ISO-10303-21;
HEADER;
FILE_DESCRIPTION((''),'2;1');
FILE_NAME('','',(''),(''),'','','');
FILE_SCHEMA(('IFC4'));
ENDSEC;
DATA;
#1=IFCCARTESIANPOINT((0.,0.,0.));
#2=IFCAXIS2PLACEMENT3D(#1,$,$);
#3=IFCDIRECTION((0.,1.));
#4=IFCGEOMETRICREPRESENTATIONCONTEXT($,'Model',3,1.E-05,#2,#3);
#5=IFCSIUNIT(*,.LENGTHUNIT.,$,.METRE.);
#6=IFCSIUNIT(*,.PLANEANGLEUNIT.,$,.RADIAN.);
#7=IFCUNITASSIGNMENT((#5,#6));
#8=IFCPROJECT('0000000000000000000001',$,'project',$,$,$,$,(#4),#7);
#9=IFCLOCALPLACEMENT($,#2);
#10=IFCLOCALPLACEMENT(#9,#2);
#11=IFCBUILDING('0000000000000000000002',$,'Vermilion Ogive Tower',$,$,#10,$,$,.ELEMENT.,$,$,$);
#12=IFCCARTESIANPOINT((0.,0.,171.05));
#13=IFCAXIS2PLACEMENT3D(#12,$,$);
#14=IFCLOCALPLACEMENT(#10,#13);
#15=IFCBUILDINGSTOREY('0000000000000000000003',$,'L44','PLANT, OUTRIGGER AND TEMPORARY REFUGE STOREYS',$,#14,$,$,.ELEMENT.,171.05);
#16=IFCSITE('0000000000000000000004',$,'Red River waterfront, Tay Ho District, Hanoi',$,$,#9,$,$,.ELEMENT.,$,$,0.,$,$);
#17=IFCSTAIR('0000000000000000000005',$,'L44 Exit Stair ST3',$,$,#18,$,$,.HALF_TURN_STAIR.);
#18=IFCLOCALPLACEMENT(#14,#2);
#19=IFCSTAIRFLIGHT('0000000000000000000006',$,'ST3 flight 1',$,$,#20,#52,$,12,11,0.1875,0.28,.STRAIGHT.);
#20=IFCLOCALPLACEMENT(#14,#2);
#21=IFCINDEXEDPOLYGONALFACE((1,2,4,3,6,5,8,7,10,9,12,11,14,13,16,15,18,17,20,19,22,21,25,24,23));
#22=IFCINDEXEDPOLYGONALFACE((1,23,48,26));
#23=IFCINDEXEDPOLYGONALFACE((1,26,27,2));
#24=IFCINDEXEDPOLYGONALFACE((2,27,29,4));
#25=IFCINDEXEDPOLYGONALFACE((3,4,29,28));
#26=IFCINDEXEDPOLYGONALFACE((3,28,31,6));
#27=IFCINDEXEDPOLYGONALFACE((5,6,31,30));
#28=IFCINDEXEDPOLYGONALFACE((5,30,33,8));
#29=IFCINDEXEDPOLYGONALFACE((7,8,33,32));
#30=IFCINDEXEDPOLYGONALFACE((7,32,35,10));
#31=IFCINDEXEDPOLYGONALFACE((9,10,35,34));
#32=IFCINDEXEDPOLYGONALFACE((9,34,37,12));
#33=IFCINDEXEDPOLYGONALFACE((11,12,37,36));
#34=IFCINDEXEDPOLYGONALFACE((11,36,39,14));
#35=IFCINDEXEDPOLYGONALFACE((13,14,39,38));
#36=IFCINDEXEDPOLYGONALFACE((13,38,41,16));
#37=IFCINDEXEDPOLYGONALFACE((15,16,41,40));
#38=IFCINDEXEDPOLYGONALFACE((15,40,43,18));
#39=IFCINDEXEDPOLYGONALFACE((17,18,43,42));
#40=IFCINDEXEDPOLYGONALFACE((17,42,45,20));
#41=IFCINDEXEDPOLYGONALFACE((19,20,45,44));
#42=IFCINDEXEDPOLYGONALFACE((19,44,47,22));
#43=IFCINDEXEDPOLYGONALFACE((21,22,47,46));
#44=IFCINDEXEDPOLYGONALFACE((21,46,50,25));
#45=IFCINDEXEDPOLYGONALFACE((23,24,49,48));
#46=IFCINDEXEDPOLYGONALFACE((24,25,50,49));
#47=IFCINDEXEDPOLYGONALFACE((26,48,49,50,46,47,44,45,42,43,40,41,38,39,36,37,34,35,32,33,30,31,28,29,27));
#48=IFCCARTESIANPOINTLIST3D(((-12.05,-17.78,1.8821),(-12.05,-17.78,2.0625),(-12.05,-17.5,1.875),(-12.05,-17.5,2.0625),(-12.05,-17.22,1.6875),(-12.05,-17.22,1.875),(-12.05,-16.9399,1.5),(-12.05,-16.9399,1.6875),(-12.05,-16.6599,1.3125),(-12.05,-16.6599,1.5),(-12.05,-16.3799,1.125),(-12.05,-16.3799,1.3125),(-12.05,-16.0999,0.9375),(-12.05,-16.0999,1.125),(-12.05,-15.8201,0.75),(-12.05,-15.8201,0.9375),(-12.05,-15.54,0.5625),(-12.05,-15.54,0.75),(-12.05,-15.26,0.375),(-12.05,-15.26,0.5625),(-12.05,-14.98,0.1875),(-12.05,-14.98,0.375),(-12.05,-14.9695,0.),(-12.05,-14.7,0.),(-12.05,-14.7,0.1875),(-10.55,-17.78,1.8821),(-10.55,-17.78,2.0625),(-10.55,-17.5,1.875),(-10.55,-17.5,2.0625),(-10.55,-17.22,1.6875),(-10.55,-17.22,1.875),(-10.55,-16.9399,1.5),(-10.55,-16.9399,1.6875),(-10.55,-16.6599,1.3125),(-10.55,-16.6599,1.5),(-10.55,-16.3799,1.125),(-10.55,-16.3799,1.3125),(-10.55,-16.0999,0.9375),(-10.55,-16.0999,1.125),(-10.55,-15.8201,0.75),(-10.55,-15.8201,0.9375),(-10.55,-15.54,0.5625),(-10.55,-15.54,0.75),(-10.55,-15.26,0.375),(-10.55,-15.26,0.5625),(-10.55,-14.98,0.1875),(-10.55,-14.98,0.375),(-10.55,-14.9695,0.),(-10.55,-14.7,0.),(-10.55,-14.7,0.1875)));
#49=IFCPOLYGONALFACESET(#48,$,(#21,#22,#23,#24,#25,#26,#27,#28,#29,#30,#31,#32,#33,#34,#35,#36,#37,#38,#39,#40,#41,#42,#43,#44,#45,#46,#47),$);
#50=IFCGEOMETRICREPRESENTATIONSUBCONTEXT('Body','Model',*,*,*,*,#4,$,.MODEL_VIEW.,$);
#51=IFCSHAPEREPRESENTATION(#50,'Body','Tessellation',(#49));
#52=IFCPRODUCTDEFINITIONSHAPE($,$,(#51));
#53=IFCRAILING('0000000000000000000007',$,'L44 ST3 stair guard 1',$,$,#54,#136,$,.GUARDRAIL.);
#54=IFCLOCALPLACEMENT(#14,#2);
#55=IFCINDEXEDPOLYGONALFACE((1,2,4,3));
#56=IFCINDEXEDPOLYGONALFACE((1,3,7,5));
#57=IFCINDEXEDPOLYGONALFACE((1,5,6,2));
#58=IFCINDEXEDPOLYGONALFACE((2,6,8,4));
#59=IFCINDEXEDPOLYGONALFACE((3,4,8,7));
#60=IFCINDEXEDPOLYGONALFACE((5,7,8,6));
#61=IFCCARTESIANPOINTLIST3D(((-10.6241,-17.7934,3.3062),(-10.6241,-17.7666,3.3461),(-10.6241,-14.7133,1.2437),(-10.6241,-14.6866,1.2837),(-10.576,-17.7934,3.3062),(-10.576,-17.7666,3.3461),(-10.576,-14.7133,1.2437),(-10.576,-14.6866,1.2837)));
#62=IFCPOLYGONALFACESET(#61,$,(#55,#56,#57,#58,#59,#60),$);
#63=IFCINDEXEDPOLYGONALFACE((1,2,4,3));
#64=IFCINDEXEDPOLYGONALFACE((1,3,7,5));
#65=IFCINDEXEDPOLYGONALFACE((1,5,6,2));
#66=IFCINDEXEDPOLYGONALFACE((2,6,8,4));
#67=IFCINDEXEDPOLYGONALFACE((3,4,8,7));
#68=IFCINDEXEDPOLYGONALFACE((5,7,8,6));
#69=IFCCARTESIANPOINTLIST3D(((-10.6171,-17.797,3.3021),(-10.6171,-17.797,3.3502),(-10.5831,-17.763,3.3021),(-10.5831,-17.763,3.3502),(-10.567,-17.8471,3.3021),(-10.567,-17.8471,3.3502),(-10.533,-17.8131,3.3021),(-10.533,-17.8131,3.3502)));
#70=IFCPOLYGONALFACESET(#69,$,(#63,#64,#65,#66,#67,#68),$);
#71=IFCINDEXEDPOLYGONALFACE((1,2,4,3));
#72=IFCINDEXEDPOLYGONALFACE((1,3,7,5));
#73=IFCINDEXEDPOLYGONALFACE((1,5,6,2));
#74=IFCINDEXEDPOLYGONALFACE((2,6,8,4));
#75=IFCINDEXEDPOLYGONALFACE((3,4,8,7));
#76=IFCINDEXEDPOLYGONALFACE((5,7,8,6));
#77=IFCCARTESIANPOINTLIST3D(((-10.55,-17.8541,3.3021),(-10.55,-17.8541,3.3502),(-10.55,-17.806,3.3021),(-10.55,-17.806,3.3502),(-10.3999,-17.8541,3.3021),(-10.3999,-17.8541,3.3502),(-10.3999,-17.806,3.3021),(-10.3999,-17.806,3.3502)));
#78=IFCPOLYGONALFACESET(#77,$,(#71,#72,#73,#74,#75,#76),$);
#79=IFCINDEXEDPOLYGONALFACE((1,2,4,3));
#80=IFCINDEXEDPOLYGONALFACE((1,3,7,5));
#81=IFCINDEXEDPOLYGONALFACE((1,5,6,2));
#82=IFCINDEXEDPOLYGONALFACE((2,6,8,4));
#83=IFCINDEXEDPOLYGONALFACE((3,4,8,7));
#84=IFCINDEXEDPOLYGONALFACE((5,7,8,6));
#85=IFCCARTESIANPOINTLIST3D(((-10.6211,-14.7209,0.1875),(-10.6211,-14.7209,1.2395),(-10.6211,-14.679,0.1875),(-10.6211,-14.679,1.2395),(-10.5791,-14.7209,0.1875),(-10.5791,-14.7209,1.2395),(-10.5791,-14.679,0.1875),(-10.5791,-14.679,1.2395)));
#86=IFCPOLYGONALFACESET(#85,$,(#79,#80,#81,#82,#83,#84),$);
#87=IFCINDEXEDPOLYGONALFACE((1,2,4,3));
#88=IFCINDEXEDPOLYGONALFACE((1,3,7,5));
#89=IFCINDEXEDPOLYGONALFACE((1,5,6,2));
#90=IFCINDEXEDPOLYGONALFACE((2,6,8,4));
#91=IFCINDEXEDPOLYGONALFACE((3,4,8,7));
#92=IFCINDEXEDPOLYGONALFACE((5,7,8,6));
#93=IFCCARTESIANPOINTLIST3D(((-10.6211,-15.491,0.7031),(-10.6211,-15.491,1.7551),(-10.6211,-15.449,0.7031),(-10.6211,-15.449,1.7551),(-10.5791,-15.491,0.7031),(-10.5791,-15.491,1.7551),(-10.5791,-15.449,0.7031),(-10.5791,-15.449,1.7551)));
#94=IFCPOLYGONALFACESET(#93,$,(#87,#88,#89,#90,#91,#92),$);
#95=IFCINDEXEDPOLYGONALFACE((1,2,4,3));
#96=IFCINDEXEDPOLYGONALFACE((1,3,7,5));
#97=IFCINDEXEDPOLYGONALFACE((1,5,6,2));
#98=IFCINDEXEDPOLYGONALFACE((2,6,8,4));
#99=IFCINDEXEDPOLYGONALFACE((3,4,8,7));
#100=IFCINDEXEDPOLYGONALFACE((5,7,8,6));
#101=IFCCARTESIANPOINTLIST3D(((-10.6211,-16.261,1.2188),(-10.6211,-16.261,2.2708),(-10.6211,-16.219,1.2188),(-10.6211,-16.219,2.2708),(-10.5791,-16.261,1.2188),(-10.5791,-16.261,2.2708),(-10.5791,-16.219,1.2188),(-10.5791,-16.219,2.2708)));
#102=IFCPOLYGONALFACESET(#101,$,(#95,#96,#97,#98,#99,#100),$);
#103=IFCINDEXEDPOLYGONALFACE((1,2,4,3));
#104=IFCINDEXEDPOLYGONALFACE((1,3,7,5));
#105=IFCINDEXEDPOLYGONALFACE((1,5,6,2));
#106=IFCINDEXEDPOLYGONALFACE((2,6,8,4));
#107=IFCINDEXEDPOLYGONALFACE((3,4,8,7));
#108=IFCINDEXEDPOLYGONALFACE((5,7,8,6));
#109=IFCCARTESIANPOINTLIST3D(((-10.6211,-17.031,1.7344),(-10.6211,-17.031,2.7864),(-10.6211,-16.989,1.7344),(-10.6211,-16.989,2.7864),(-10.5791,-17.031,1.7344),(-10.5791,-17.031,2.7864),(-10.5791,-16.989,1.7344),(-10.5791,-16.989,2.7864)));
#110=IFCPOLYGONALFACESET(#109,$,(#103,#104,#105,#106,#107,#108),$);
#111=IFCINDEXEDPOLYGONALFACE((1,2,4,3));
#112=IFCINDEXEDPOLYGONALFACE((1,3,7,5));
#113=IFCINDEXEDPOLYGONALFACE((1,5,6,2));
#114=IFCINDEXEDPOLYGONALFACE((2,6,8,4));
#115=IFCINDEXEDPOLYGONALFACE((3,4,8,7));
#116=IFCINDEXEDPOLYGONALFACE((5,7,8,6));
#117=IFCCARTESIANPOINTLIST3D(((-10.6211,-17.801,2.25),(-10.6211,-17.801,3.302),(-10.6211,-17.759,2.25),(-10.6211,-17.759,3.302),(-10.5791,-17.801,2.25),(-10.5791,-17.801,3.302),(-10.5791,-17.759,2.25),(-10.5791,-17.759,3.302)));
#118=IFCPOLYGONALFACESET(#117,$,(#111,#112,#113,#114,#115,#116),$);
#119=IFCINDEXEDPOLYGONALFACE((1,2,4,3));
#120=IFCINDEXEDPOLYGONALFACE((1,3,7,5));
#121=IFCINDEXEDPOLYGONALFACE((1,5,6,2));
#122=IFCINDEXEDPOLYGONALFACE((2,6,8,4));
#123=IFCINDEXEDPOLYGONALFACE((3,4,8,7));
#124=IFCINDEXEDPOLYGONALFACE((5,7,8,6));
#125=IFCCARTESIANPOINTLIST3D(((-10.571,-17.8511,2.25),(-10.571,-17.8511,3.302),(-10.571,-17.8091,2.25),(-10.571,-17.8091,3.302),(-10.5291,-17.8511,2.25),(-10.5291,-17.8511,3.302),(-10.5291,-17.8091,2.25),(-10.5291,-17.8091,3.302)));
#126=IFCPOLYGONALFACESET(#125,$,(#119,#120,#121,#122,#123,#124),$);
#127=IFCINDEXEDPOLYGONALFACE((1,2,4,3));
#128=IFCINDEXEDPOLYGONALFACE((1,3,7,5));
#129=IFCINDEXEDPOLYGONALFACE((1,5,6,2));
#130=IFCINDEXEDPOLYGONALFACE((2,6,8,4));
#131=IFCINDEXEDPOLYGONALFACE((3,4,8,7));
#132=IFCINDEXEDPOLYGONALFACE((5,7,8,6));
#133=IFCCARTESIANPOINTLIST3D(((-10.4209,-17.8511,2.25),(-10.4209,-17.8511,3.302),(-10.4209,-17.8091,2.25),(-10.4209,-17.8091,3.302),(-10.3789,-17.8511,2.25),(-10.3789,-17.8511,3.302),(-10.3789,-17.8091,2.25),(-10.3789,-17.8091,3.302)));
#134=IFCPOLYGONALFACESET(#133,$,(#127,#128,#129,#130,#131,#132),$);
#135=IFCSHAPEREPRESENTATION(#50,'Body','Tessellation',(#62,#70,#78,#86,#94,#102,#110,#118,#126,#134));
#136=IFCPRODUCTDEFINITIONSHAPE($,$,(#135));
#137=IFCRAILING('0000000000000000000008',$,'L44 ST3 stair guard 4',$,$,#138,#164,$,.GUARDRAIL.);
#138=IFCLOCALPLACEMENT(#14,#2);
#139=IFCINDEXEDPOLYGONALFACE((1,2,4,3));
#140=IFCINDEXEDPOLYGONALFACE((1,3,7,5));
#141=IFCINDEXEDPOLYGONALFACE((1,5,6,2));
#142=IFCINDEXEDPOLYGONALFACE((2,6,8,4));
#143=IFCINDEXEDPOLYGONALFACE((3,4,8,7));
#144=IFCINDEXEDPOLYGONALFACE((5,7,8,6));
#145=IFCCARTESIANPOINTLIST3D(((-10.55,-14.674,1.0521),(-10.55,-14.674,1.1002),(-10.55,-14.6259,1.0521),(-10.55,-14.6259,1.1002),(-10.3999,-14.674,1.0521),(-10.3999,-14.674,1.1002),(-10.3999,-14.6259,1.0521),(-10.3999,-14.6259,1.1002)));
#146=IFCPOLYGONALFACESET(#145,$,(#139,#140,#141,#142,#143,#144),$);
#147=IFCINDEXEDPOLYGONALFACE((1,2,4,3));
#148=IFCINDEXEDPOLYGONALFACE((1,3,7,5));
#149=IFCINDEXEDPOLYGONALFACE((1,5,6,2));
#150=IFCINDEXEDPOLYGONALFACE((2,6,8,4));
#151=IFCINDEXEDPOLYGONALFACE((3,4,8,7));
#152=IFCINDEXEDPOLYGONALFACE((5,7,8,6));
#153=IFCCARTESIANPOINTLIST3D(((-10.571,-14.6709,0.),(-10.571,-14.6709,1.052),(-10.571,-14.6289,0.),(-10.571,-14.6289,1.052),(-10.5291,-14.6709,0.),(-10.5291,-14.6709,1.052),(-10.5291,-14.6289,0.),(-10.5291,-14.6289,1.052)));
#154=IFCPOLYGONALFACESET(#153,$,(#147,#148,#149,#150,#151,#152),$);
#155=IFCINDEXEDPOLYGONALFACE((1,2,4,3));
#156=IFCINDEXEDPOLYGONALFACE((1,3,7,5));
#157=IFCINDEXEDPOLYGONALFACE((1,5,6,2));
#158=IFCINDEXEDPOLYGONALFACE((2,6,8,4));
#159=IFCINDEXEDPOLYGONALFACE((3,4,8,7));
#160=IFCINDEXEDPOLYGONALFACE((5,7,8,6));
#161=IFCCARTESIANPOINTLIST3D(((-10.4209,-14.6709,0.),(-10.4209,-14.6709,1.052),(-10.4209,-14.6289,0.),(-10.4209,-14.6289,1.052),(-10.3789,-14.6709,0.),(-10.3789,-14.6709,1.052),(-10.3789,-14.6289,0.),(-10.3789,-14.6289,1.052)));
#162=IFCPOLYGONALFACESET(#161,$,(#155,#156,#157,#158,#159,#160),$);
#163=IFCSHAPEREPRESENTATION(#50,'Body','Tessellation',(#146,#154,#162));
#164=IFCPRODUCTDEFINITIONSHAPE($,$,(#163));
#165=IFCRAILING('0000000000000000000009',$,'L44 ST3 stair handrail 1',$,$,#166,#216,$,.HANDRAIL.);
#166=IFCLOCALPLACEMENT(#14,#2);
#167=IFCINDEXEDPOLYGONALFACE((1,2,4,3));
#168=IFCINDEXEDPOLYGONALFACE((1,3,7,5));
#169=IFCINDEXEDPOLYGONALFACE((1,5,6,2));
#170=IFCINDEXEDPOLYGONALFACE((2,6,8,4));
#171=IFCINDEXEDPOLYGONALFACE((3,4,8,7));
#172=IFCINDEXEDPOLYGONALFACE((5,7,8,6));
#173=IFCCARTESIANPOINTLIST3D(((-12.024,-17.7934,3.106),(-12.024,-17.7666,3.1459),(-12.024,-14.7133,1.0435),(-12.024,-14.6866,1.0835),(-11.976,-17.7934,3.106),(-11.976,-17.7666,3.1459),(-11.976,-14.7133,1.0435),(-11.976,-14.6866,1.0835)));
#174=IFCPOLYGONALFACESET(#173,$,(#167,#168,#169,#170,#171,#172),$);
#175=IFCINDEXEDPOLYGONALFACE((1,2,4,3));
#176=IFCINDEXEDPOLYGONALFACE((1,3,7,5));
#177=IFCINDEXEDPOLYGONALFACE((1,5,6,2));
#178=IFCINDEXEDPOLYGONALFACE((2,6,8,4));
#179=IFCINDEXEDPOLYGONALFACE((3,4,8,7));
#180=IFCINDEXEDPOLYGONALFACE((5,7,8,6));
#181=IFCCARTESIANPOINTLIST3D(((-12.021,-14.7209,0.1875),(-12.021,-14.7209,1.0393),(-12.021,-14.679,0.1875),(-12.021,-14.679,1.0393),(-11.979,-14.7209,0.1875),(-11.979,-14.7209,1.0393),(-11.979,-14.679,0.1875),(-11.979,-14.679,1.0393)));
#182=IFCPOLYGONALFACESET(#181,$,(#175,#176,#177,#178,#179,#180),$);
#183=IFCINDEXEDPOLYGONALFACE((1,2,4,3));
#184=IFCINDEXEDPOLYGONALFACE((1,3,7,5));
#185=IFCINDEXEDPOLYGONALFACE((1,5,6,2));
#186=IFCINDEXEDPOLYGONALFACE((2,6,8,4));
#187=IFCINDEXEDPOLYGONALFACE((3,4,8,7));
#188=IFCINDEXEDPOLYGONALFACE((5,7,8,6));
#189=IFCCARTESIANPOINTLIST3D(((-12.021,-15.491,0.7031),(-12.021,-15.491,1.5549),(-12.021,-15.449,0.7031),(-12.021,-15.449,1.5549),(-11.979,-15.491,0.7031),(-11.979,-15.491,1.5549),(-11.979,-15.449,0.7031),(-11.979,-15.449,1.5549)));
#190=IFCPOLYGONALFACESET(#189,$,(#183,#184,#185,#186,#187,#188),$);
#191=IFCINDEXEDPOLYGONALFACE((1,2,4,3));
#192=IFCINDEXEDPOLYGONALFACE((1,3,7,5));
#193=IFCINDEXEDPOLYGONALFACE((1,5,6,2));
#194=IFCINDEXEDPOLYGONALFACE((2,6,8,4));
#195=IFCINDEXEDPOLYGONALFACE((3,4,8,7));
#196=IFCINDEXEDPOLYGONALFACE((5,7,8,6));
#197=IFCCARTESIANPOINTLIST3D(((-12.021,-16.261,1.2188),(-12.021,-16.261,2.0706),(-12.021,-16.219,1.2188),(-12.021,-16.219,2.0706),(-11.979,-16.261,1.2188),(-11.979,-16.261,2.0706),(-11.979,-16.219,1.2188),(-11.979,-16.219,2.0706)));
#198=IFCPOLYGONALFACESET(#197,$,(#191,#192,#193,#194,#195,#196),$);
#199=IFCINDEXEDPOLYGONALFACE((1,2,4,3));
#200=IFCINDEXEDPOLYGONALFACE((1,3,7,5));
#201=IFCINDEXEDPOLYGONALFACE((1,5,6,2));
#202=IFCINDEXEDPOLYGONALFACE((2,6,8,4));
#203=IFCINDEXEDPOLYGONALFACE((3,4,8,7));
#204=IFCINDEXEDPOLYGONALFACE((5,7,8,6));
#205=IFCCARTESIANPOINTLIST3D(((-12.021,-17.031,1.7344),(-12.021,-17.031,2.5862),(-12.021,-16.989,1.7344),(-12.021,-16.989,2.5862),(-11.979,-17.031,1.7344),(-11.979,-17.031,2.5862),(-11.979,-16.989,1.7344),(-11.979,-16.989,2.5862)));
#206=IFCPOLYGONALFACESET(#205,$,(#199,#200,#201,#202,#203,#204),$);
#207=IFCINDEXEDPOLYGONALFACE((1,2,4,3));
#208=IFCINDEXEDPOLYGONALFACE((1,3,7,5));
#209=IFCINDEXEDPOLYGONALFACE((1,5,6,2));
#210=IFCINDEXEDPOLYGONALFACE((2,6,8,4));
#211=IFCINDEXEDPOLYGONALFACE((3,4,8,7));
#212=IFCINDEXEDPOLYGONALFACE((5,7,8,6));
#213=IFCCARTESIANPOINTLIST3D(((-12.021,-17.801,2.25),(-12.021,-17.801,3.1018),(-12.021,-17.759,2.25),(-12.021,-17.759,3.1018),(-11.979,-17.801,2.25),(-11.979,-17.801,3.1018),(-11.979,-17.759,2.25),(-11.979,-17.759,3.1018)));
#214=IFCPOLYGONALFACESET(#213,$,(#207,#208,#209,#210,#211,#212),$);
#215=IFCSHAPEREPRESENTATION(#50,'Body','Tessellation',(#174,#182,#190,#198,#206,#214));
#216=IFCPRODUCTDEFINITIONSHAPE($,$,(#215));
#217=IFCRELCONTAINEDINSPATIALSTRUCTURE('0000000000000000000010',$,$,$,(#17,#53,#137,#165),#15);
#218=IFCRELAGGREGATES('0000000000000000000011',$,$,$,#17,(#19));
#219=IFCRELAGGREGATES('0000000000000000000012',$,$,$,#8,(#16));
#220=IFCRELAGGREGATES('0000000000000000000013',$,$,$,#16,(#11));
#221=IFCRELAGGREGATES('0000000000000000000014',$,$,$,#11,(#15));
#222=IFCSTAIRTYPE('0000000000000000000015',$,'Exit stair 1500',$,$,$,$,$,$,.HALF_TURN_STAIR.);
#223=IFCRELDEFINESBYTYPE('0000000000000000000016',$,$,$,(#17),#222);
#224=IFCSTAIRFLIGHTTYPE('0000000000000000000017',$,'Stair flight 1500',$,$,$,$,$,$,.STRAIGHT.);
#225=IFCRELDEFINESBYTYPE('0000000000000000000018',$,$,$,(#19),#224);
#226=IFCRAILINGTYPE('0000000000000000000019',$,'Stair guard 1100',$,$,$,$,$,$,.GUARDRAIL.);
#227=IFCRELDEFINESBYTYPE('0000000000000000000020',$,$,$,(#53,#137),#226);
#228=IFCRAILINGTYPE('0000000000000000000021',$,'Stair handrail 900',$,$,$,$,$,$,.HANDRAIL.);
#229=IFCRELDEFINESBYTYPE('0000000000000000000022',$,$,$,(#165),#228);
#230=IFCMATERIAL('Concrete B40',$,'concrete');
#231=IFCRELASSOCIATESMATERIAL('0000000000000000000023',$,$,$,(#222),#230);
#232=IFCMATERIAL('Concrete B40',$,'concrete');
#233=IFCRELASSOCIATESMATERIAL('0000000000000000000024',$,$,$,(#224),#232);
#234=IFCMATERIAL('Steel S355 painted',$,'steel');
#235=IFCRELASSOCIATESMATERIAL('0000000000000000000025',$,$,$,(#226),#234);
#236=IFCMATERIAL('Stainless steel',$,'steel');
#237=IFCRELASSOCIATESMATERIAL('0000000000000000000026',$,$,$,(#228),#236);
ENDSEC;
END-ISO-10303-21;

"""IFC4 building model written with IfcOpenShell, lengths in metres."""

from ifc_helpers import new_model, si_unit, direction, frame, origin, origin_2d, place, context, subcontext, project, spatial, polyline, rectangle, outline, extrude, material, type_object, element, aggregate, save


model = new_model("IFC4")

# Units and contexts
model_context = context("Model", 3, precision=1e-05, world=origin(), true_north=direction((0.0, 1.0)))
body_context = subcontext(model_context, "Body", "Model", "MODEL_VIEW")
ifc_project = project(units=[si_unit("LENGTHUNIT", "METRE"), si_unit("PLANEANGLEUNIT", "RADIAN")], contexts=[model_context])

# Site, building, storey
site_placement = place(None, origin())
site = spatial("IfcSite", under=ifc_project, at=site_placement, Name="Red River waterfront, Tay Ho District, Hanoi", CompositionType="ELEMENT", RefElevation=0.0)
building_placement = place(site_placement, origin())
building = spatial("IfcBuilding", under=site, at=building_placement, Name="Vermilion Ogive Tower", CompositionType="ELEMENT")
storey_placement = place(building_placement, frame((0.0, 0.0, 171.05)))
storey = spatial("IfcBuildingStorey", under=building, at=storey_placement, Name="L44", Description="PLANT, OUTRIGGER AND TEMPORARY REFUGE STOREYS", CompositionType="ELEMENT", Elevation=171.05)

# Stair, stair flight
ifc_material_1 = material(Name="Concrete B40", Category="concrete")
stair_type = type_object("IfcStairType", Name="Exit stair 1500", PredefinedType="HALF_TURN_STAIR", material=ifc_material_1)
stair_placement = place(storey_placement, origin())
stair = element("IfcStair", 1, at=stair_placement, inside=storey, type_object=stair_type, Name="L44 Exit Stair ST3", PredefinedType="HALF_TURN_STAIR")
ifc_material_2 = material(Name="Concrete B40", Category="concrete")
stair_flight_type = type_object("IfcStairFlightType", Name="Stair flight 1500", PredefinedType="STRAIGHT", material=ifc_material_2)
stair_flight_placement = place(storey_placement, frame((-11.3, -14.7, 0.0), z_axis=(0.0, 0.0, 1.0), x_axis=(0.0, -1.0, 0.0)))
stair_flight = element("IfcStairFlight", 2, at=stair_flight_placement, type_object=stair_flight_type, Name="ST3 flight 1", NumberOfRisers=12, NumberOfTreads=11, PredefinedType="STRAIGHT", RiserHeight=0.1875, TreadLength=0.28, context=body_context, shape_type="SweptSolid", body=[
    extrude(outline(polyline([(0.0, 0.0), (0.0, 0.1875), (0.28, 0.1875), (0.28, 0.375), (0.5601, 0.375), (0.5601, 0.5625), (0.8401, 0.5625), (0.8401, 0.75), (1.1201, 0.75), (1.1201, 0.9375), (1.3999, 0.9375), (1.3999, 1.125), (1.6799, 1.125), (1.6799, 1.3125), (1.96, 1.3125), (1.96, 1.5), (2.24, 1.5), (2.24, 1.6875), (2.52, 1.6875), (2.52, 1.875), (2.8, 1.875), (2.8, 2.0625), (3.0801, 2.0625), (3.0801, 2.25), (3.0801, 1.8821), (0.2695, 0.0), (0.0, 0.0)])), frame((0.0, 0.75, 0.0), z_axis=(0.0, -1.0, 0.0), x_axis=(1.0, 0.0, 0.0)), (0.0, 0.0, 1.0), 1.5),
])
aggregate(stair, [stair_flight])

# Railings
ifc_material_3 = material(Name="Steel S355 painted", Category="steel")
railing_type_1 = type_object("IfcRailingType", Name="Stair guard 1100", PredefinedType="GUARDRAIL", material=ifc_material_3)
railing_1_placement = place(storey_placement, frame((-10.6001, -14.7, 0.1875)))
element("IfcRailing", 3, at=railing_1_placement, inside=storey, type_object=railing_type_1, Name="L44 ST3 stair guard 1", PredefinedType="GUARDRAIL", context=body_context, shape_type="SweptSolid", body=[
    extrude(rectangle(XDim=0.0481, YDim=0.0481, at=origin_2d()), frame((0.0, 0.0, 1.0762), z_axis=(0.0, -0.830914, 0.556401), x_axis=(1.0, 0.0, 0.0)), (0.0, 0.0, 1.0), 3.7068),
    extrude(rectangle(XDim=0.0481, YDim=0.0481, at=origin_2d()), frame((0.0, -3.0801, 3.1387), z_axis=(0.707107, -0.707107, 0.0), x_axis=(0.707107, 0.707107, 0.0)), (0.0, 0.0, 1.0), 0.0708),
    extrude(rectangle(XDim=0.0481, YDim=0.0481, at=origin_2d()), frame((0.05, -3.1301, 3.1387), z_axis=(1.0, 0.0, 0.0), x_axis=(0.0, 1.0, 0.0)), (0.0, 0.0, 1.0), 0.1501),
    extrude(rectangle(XDim=0.042, YDim=0.042, at=origin_2d()), origin(), (0.0, 0.0, 1.0), 1.052),
    extrude(rectangle(XDim=0.042, YDim=0.042, at=origin_2d()), frame((0.0, -0.77, 0.5156)), (0.0, 0.0, 1.0), 1.052),
    extrude(rectangle(XDim=0.042, YDim=0.042, at=origin_2d()), frame((0.0, -1.54, 1.0312)), (0.0, 0.0, 1.0), 1.052),
    extrude(rectangle(XDim=0.042, YDim=0.042, at=origin_2d()), frame((0.0, -2.3101, 1.5469)), (0.0, 0.0, 1.0), 1.052),
    extrude(rectangle(XDim=0.042, YDim=0.042, at=origin_2d()), frame((0.0, -3.0801, 2.0625)), (0.0, 0.0, 1.0), 1.052),
    extrude(rectangle(XDim=0.042, YDim=0.042, at=origin_2d()), frame((0.05, -3.1301, 2.0625)), (0.0, 0.0, 1.0), 1.052),
    extrude(rectangle(XDim=0.042, YDim=0.042, at=origin_2d()), frame((0.2002, -3.1301, 2.0625)), (0.0, 0.0, 1.0), 1.052),
])
railing_2_placement = place(storey_placement, frame((-10.55, -14.6499, 0.0)))
element("IfcRailing", 4, at=railing_2_placement, inside=storey, type_object=railing_type_1, Name="L44 ST3 stair guard 4", PredefinedType="GUARDRAIL", context=body_context, shape_type="SweptSolid", body=[
    extrude(rectangle(XDim=0.0481, YDim=0.0481, at=origin_2d()), frame((0.0, 0.0, 1.0762), z_axis=(1.0, 0.0, 0.0), x_axis=(0.0, 1.0, 0.0)), (0.0, 0.0, 1.0), 0.1501),
    extrude(rectangle(XDim=0.042, YDim=0.042, at=origin_2d()), origin(), (0.0, 0.0, 1.0), 1.052),
    extrude(rectangle(XDim=0.042, YDim=0.042, at=origin_2d()), frame((0.1501, 0.0, 0.0)), (0.0, 0.0, 1.0), 1.052),
])
ifc_material_4 = material(Name="Stainless steel", Category="steel")
railing_type_2 = type_object("IfcRailingType", Name="Stair handrail 900", PredefinedType="HANDRAIL", material=ifc_material_4)
railing_3_placement = place(storey_placement, frame((-12.0, -14.7, 0.1875)))
element("IfcRailing", 5, at=railing_3_placement, inside=storey, type_object=railing_type_2, Name="L44 ST3 stair handrail 1", PredefinedType="HANDRAIL", context=body_context, shape_type="SweptSolid", body=[
    extrude(rectangle(XDim=0.0481, YDim=0.0481, at=origin_2d()), frame((0.0, 0.0, 0.876), z_axis=(0.0, -0.830914, 0.556401), x_axis=(1.0, 0.0, 0.0)), (0.0, 0.0, 1.0), 3.7068),
    extrude(rectangle(XDim=0.042, YDim=0.042, at=origin_2d()), origin(), (0.0, 0.0, 1.0), 0.8518),
    extrude(rectangle(XDim=0.042, YDim=0.042, at=origin_2d()), frame((0.0, -0.77, 0.5156)), (0.0, 0.0, 1.0), 0.8518),
    extrude(rectangle(XDim=0.042, YDim=0.042, at=origin_2d()), frame((0.0, -1.54, 1.0312)), (0.0, 0.0, 1.0), 0.8518),
    extrude(rectangle(XDim=0.042, YDim=0.042, at=origin_2d()), frame((0.0, -2.3101, 1.5469)), (0.0, 0.0, 1.0), 0.8518),
    extrude(rectangle(XDim=0.042, YDim=0.042, at=origin_2d()), frame((0.0, -3.0801, 2.0625)), (0.0, 0.0, 1.0), 0.8518),
])

save(model, "model.ifc")
